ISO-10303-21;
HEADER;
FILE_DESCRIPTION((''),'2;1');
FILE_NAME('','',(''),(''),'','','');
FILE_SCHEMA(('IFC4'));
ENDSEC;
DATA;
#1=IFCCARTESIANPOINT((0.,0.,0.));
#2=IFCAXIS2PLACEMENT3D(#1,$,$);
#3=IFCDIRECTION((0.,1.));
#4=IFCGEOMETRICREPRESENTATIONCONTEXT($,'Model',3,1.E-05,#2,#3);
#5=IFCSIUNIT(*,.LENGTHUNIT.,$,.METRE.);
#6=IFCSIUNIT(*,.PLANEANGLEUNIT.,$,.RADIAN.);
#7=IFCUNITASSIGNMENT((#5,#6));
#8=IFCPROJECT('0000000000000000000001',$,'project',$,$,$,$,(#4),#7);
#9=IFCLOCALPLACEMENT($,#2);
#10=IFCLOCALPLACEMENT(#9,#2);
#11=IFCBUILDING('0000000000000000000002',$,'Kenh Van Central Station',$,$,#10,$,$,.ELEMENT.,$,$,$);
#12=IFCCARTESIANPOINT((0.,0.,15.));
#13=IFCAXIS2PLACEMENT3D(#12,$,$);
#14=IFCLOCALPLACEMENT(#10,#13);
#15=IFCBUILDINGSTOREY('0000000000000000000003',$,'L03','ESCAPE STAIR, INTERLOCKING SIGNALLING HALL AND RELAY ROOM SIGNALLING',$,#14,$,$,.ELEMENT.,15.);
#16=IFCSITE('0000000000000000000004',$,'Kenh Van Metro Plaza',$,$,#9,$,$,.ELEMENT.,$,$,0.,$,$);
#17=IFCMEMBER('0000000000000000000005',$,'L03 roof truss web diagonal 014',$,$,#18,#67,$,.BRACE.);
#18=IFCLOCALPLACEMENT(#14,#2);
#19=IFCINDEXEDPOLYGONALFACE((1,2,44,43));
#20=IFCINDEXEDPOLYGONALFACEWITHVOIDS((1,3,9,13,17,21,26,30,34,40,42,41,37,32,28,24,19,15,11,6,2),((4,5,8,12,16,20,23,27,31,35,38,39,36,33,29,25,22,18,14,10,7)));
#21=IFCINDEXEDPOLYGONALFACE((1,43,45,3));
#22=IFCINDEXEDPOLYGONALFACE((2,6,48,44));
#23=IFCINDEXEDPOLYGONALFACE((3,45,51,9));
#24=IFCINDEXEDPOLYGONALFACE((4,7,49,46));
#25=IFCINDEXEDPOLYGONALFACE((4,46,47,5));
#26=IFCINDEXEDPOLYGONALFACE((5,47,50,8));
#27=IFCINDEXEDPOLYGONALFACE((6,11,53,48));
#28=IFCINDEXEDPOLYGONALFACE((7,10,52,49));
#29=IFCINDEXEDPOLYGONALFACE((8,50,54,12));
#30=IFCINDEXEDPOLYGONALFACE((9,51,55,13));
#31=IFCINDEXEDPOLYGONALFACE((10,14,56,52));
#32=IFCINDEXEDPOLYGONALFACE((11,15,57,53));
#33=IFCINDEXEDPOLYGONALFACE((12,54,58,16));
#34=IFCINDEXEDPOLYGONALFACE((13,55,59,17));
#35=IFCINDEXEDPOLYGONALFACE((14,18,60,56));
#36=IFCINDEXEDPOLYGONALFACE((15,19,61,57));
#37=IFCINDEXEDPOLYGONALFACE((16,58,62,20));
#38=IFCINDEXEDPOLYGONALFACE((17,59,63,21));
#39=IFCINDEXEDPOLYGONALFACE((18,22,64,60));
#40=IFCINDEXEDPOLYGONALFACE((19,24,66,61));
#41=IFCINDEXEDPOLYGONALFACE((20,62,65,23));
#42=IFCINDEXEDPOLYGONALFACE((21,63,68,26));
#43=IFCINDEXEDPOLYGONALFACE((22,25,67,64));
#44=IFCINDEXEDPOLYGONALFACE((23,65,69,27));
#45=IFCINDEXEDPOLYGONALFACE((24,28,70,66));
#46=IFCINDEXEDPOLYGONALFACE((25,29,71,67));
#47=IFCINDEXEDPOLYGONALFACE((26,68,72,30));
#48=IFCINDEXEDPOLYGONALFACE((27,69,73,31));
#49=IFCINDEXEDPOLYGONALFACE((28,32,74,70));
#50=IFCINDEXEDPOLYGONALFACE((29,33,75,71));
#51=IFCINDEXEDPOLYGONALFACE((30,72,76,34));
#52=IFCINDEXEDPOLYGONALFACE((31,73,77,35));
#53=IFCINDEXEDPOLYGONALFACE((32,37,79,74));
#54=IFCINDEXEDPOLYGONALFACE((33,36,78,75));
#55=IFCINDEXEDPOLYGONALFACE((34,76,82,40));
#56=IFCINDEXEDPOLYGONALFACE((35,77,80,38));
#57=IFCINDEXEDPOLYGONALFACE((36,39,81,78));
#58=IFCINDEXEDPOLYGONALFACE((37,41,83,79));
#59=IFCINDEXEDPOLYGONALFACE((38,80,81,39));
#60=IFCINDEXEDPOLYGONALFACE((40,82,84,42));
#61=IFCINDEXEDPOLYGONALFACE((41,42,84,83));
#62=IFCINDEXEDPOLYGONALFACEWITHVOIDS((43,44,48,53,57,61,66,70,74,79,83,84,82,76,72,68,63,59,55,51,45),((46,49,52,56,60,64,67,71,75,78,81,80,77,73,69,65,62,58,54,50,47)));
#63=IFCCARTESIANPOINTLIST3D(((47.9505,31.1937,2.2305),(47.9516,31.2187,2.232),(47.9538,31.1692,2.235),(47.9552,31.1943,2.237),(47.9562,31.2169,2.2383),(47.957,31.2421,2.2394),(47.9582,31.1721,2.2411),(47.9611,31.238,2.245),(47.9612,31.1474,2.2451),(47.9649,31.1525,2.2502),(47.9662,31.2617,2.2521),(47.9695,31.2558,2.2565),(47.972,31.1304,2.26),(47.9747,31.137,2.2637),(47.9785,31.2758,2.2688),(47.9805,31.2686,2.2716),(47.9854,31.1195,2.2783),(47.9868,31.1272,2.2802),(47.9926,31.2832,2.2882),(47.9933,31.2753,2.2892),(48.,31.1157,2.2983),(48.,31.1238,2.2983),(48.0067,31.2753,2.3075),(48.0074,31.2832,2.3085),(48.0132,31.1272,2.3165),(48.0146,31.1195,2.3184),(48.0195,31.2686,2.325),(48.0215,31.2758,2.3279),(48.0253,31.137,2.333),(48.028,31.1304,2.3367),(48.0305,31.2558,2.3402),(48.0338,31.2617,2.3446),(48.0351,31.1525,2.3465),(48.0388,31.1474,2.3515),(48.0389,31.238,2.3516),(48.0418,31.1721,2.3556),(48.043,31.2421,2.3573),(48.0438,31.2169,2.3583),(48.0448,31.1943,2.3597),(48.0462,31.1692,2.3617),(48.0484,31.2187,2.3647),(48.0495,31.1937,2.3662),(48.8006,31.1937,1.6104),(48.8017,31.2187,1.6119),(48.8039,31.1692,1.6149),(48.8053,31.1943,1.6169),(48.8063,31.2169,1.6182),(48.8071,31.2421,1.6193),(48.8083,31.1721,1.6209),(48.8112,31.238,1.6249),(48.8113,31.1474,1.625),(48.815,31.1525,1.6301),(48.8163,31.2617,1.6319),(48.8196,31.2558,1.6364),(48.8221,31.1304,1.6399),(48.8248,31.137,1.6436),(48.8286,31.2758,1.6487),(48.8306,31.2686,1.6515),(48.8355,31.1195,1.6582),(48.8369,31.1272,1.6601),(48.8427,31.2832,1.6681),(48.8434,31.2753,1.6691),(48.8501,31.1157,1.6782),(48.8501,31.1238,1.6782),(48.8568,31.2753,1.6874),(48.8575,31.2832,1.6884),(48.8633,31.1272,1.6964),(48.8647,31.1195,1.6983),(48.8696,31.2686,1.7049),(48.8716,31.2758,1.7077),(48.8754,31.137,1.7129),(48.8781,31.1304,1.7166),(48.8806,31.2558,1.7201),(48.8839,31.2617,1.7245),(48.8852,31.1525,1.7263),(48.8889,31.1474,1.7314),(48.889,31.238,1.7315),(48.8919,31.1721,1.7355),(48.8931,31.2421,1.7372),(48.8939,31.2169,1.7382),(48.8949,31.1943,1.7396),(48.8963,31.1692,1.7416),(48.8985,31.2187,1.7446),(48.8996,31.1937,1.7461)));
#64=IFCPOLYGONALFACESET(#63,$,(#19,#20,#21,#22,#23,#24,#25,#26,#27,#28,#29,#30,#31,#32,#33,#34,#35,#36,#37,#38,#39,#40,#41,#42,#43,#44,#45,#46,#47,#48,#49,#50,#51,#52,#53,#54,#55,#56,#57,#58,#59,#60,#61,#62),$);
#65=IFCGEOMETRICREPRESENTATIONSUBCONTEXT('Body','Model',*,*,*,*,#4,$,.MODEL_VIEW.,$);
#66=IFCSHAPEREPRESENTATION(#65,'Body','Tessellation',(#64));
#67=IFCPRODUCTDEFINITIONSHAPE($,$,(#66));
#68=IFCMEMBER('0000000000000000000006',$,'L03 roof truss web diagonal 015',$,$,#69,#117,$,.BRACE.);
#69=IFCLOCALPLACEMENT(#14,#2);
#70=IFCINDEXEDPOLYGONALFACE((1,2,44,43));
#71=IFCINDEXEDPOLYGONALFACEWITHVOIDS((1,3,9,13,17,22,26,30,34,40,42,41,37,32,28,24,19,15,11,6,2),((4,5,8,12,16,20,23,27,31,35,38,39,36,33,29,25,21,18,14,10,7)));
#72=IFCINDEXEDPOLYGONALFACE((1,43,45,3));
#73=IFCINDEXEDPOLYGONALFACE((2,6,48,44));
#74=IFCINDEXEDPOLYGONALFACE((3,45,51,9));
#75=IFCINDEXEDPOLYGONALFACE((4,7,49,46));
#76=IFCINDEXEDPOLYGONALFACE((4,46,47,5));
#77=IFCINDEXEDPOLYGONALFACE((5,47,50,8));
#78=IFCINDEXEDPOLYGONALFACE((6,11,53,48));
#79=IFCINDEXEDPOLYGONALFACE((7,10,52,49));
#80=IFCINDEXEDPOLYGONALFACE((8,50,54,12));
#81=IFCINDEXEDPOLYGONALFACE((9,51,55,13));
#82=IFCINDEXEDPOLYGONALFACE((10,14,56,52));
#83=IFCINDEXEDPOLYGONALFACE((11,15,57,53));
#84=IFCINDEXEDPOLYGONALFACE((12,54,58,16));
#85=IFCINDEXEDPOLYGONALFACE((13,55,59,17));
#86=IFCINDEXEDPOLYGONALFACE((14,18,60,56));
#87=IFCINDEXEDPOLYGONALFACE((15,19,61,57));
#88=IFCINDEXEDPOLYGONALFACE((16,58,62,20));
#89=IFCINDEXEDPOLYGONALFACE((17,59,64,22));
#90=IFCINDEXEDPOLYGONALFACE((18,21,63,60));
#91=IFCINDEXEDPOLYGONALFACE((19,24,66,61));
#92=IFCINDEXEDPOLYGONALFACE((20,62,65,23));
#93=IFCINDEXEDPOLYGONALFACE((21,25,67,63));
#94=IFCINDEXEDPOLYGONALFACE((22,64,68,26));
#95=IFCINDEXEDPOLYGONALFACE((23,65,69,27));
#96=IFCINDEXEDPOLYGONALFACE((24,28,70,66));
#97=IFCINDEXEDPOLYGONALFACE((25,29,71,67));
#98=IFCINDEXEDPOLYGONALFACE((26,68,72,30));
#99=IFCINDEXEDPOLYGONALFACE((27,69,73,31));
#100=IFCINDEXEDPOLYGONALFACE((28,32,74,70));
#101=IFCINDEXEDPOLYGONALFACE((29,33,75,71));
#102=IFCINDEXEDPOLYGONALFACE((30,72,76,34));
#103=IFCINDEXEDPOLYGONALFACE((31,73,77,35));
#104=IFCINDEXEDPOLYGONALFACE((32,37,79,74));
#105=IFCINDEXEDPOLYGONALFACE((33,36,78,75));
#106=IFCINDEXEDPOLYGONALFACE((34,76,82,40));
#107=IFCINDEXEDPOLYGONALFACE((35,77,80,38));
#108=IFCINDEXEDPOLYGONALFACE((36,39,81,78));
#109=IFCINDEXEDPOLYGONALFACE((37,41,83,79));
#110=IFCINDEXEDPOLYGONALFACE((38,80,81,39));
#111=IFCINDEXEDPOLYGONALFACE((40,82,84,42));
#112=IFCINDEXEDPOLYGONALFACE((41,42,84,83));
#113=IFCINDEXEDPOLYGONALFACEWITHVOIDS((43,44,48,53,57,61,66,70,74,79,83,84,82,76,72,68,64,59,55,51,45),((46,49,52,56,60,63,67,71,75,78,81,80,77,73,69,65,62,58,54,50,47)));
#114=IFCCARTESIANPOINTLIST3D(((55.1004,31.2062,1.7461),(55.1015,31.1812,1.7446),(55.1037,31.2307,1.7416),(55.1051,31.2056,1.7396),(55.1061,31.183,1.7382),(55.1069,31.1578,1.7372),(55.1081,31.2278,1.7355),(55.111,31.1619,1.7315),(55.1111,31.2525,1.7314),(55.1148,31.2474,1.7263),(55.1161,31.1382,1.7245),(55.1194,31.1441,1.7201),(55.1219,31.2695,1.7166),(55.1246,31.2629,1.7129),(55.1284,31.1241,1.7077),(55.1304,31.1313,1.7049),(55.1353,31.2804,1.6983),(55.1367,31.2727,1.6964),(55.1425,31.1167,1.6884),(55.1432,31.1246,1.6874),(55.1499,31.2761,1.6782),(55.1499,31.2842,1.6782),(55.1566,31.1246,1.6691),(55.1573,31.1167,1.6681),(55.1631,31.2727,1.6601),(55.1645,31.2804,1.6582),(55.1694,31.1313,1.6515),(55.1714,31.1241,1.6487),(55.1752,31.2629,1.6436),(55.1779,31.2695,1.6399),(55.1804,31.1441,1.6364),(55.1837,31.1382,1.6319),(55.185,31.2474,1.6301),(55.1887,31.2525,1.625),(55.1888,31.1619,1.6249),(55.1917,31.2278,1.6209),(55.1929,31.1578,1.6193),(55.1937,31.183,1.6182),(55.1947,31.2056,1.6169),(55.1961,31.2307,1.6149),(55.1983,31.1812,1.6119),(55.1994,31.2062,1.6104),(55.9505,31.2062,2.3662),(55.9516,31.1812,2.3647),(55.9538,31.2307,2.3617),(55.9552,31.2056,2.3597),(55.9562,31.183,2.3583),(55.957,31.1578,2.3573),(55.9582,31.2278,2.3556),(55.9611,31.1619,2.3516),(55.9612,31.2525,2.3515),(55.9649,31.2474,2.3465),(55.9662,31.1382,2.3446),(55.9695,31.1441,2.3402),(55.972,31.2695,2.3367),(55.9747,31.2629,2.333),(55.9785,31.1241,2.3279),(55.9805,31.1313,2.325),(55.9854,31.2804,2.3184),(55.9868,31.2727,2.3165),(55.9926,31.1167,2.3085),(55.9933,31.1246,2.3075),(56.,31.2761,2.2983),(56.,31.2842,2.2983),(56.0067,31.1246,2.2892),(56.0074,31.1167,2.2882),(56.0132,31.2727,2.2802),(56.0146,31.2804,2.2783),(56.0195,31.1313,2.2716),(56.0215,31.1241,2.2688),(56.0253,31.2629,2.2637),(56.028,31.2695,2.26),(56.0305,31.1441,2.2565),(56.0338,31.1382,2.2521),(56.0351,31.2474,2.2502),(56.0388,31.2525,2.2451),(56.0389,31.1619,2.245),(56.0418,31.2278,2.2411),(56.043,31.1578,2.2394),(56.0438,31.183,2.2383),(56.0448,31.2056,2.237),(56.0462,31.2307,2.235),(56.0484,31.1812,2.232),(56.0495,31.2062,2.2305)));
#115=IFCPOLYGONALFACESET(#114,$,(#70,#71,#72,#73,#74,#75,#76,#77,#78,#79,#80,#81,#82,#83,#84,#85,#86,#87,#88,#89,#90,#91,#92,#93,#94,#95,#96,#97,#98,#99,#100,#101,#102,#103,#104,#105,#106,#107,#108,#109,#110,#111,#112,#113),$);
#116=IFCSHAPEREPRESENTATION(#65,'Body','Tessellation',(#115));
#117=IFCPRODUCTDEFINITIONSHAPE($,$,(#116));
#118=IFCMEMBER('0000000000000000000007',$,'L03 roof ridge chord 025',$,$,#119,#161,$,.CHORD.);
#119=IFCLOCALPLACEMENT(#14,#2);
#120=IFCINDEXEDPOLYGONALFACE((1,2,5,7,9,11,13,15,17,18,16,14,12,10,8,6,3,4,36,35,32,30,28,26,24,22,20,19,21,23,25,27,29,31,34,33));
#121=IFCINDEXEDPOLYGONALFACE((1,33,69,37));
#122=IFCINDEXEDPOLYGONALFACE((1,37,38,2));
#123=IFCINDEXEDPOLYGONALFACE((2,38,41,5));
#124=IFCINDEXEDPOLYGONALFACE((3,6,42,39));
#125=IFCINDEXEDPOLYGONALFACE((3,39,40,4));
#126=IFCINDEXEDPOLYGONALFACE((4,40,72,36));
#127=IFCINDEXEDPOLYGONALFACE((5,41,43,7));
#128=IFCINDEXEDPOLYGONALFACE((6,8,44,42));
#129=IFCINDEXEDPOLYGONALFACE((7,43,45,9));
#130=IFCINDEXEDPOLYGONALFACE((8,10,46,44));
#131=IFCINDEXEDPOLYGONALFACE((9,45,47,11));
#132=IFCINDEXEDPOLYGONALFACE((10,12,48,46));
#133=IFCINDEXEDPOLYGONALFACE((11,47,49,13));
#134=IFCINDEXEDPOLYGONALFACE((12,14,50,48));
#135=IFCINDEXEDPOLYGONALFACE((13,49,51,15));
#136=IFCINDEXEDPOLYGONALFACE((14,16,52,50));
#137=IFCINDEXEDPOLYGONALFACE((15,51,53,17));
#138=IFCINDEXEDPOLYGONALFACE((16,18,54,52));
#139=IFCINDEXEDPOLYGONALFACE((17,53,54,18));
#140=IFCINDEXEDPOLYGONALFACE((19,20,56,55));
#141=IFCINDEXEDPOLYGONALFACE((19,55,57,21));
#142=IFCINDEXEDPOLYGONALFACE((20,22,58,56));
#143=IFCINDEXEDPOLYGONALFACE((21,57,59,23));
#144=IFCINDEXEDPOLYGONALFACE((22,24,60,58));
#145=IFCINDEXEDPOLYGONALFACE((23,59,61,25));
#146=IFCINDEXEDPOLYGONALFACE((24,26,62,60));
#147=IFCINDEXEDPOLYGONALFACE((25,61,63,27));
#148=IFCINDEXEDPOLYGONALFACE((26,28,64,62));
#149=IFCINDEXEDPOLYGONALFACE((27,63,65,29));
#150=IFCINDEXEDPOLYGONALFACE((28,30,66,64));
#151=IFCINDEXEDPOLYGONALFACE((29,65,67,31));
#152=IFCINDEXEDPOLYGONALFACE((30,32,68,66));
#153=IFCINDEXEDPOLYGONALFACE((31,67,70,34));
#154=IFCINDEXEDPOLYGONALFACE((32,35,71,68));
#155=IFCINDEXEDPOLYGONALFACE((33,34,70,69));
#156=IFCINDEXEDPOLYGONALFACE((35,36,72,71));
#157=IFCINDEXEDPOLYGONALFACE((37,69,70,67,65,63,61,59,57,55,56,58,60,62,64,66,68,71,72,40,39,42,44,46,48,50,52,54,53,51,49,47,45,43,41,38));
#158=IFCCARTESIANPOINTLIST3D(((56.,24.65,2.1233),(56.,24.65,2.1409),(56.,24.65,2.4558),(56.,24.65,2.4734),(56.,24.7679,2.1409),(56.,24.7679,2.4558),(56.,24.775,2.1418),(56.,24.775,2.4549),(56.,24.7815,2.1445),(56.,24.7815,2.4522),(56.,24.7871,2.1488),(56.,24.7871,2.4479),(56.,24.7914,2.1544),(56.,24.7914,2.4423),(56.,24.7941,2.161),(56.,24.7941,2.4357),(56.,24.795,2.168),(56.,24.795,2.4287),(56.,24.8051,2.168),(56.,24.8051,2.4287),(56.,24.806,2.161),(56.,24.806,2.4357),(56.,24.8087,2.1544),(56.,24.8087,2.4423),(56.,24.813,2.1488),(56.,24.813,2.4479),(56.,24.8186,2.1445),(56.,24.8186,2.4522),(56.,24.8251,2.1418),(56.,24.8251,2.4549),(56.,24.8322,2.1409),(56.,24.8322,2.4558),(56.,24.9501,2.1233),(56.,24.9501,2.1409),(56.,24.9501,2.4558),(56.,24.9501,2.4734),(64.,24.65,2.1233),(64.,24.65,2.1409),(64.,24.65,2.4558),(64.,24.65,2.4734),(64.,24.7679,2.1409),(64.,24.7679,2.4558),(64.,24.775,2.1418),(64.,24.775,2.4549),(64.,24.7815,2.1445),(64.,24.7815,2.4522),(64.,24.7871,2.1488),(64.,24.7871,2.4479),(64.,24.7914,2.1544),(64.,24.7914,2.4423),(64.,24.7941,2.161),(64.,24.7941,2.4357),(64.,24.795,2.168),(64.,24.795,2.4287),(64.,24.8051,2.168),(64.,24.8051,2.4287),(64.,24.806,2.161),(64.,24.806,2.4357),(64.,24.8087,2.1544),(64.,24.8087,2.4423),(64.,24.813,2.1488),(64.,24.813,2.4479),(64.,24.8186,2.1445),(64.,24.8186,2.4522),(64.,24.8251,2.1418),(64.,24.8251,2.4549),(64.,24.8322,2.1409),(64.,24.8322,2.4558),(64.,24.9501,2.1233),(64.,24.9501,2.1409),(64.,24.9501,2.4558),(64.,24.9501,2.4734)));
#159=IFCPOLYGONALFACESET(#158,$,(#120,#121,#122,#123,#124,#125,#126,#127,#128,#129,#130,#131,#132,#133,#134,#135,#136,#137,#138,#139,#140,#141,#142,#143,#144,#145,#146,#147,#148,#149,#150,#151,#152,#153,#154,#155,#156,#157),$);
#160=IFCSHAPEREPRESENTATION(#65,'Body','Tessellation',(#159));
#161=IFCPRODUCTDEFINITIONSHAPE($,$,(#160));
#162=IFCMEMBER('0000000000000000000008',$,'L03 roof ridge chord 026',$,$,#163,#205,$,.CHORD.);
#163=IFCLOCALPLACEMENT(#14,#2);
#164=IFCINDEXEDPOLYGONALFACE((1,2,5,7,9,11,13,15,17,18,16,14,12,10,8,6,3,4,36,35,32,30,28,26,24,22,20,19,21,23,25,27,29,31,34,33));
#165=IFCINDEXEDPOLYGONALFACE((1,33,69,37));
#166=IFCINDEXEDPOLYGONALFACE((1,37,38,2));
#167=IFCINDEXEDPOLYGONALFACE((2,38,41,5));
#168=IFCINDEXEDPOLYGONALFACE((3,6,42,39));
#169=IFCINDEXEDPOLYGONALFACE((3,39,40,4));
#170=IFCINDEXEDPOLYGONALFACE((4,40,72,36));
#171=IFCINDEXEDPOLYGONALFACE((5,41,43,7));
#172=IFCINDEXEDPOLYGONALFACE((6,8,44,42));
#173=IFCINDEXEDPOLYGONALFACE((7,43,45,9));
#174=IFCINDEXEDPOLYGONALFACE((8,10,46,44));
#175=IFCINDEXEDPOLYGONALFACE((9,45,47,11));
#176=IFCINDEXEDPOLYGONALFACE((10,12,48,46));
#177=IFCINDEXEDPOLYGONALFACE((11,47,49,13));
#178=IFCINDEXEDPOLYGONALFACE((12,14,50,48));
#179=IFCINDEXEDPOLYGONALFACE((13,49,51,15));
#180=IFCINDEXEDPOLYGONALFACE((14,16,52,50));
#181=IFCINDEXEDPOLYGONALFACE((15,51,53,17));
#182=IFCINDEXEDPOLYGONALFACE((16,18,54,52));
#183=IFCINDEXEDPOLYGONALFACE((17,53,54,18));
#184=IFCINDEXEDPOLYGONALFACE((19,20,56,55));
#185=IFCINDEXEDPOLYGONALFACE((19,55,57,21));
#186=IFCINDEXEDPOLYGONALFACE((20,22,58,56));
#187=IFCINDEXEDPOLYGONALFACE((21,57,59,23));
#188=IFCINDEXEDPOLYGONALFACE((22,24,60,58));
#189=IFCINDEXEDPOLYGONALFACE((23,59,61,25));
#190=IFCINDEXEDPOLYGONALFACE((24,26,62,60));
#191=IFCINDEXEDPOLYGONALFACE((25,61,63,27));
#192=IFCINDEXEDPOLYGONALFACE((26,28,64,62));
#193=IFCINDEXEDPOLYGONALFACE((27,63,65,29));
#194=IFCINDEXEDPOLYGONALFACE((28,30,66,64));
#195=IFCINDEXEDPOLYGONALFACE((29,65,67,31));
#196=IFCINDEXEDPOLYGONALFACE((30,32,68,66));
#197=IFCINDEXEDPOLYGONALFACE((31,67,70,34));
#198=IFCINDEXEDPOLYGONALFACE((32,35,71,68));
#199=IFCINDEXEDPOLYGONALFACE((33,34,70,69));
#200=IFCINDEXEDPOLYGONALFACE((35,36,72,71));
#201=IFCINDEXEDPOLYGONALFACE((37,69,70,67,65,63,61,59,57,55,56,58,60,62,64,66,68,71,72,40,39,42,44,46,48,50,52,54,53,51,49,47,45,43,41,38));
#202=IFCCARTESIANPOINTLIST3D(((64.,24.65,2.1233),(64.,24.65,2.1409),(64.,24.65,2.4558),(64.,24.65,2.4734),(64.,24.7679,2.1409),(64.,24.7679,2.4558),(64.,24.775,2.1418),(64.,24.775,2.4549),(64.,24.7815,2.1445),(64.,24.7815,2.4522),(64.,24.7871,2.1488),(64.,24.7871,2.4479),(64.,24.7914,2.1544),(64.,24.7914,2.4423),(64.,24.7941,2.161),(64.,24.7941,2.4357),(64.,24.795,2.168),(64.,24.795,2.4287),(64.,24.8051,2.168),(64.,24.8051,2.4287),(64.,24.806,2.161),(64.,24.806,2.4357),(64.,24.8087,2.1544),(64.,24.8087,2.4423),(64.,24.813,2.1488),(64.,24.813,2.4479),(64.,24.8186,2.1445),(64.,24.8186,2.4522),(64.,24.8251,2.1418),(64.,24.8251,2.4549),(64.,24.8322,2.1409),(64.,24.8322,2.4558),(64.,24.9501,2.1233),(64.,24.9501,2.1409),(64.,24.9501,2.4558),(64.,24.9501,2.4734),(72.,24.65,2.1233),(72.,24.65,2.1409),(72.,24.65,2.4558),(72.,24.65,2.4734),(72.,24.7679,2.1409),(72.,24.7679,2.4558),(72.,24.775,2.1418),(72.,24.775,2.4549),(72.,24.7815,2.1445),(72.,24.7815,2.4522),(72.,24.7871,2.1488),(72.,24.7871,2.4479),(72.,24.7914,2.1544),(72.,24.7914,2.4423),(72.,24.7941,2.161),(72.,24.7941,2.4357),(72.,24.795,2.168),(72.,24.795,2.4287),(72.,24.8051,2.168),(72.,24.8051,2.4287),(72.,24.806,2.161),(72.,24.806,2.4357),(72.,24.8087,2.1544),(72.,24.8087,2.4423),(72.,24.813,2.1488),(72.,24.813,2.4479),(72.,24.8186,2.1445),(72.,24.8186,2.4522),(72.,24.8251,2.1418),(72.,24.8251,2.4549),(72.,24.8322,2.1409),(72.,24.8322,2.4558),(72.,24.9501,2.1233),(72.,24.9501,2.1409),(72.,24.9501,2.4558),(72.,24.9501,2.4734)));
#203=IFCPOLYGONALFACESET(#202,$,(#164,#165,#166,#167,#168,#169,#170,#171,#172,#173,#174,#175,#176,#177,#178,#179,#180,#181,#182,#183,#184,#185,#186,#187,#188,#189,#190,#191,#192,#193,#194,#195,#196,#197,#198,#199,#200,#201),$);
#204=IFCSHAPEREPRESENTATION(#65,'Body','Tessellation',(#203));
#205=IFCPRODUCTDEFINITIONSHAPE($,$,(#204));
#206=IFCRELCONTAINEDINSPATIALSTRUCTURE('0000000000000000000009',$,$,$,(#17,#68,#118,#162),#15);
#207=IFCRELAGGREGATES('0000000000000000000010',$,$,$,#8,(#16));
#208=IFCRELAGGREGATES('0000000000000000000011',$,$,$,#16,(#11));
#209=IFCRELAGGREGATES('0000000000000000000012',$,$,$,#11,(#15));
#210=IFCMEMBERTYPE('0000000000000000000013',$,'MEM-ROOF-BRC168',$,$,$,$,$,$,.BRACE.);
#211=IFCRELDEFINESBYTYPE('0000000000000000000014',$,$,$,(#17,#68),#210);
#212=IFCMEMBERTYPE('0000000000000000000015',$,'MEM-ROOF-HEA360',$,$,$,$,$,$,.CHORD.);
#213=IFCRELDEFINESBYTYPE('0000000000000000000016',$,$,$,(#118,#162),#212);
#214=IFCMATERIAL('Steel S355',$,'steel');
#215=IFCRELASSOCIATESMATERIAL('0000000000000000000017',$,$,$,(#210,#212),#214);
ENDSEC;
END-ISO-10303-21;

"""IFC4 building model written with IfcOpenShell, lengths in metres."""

from ifc_helpers import new_model, si_unit, direction, frame, origin, origin_2d, place, context, subcontext, project, spatial, hollow_circle, i_section, extrude, material, material_profile, profile_set, type_object, element, save


model = new_model("IFC4")

# Units and contexts
model_context = context("Model", 3, precision=1e-05, world=origin(), true_north=direction((0.0, 1.0)))
body_context = subcontext(model_context, "Body", "Model", "MODEL_VIEW")
ifc_project = project(units=[si_unit("LENGTHUNIT", "METRE"), si_unit("PLANEANGLEUNIT", "RADIAN")], contexts=[model_context])

# Site, building, storey
site_placement = place(None, origin())
site = spatial("IfcSite", under=ifc_project, at=site_placement, Name="Kenh Van Metro Plaza", CompositionType="ELEMENT", RefElevation=0.0)
building_placement = place(site_placement, origin())
building = spatial("IfcBuilding", under=site, at=building_placement, Name="Kenh Van Central Station", CompositionType="ELEMENT")
storey_placement = place(building_placement, frame((0.0, 0.0, 15.0)))
storey = spatial("IfcBuildingStorey", under=building, at=storey_placement, Name="L03", Description="ESCAPE STAIR, INTERLOCKING SIGNALLING HALL AND RELAY ROOM SIGNALLING", CompositionType="ELEMENT", Elevation=15.0)

# Shared definitions
ifc_material_1 = material(Name="Steel S355", Category="steel")

# Members
ifc_material_profile_1 = material_profile(ifc_material_1, hollow_circle(Radius=0.0842, WallThickness=0.0081, at=origin_2d()), Name="CHS 168.3x8")
ifc_profile_set_1 = profile_set([ifc_material_profile_1], Name="Steel S355")
member_type_1 = type_object("IfcMemberType", Name="MEM-ROOF-BRC168", PredefinedType="BRACE", material=ifc_profile_set_1)
for number, where, z_axis, x_axis, name in (
    (1, (48.8501, 31.2, 1.6782), (-0.807892, 0.0, 0.58933), (0.0, -1.0, 0.0), "L03 roof truss web diagonal 014"),
    (2, (55.1499, 31.2, 1.6782), (0.807892, 0.0, 0.58933), (0.0, 1.0, 0.0), "L03 roof truss web diagonal 015"),
):
    element("IfcMember", number, at=place(storey_placement, frame(where, z_axis=z_axis, x_axis=x_axis)), inside=storey, type_object=member_type_1, Name=name, PredefinedType="BRACE", context=body_context, shape_type="SweptSolid", body=[
        extrude(hollow_circle(Radius=0.0842, WallThickness=0.0081, at=origin_2d()), origin(), (0.0, 0.0, 1.0), 1.0522),
    ])
ifc_material_profile_2 = material_profile(ifc_material_1, i_section(OverallWidth=0.3, OverallDepth=0.3501, WebThickness=0.01, FlangeThickness=0.0176, FilletRadius=0.0271, at=origin_2d()), Name="HEA 360")
ifc_profile_set_2 = profile_set([ifc_material_profile_2], Name="Steel S355")
member_type_2 = type_object("IfcMemberType", Name="MEM-ROOF-HEA360", PredefinedType="CHORD", material=ifc_profile_set_2)
for number, where, z_axis, x_axis, name in (
    (3, (56.0, 24.8, 2.2983), (1.0, 0.0, 0.0), (0.0, 1.0, 0.0), "L03 roof ridge chord 025"),
    (4, (64.0, 24.8, 2.2983), (1.0, 0.0, 0.0), (0.0, 1.0, 0.0), "L03 roof ridge chord 026"),
):
    element("IfcMember", number, at=place(storey_placement, frame(where, z_axis=z_axis, x_axis=x_axis)), inside=storey, type_object=member_type_2, Name=name, PredefinedType="CHORD", context=body_context, shape_type="SweptSolid", body=[
        extrude(i_section(OverallWidth=0.3, OverallDepth=0.3501, WebThickness=0.01, FlangeThickness=0.0176, FilletRadius=0.0271, at=origin_2d()), origin(), (0.0, 0.0, 1.0), 8.0),
    ])

save(model, "model.ifc")
